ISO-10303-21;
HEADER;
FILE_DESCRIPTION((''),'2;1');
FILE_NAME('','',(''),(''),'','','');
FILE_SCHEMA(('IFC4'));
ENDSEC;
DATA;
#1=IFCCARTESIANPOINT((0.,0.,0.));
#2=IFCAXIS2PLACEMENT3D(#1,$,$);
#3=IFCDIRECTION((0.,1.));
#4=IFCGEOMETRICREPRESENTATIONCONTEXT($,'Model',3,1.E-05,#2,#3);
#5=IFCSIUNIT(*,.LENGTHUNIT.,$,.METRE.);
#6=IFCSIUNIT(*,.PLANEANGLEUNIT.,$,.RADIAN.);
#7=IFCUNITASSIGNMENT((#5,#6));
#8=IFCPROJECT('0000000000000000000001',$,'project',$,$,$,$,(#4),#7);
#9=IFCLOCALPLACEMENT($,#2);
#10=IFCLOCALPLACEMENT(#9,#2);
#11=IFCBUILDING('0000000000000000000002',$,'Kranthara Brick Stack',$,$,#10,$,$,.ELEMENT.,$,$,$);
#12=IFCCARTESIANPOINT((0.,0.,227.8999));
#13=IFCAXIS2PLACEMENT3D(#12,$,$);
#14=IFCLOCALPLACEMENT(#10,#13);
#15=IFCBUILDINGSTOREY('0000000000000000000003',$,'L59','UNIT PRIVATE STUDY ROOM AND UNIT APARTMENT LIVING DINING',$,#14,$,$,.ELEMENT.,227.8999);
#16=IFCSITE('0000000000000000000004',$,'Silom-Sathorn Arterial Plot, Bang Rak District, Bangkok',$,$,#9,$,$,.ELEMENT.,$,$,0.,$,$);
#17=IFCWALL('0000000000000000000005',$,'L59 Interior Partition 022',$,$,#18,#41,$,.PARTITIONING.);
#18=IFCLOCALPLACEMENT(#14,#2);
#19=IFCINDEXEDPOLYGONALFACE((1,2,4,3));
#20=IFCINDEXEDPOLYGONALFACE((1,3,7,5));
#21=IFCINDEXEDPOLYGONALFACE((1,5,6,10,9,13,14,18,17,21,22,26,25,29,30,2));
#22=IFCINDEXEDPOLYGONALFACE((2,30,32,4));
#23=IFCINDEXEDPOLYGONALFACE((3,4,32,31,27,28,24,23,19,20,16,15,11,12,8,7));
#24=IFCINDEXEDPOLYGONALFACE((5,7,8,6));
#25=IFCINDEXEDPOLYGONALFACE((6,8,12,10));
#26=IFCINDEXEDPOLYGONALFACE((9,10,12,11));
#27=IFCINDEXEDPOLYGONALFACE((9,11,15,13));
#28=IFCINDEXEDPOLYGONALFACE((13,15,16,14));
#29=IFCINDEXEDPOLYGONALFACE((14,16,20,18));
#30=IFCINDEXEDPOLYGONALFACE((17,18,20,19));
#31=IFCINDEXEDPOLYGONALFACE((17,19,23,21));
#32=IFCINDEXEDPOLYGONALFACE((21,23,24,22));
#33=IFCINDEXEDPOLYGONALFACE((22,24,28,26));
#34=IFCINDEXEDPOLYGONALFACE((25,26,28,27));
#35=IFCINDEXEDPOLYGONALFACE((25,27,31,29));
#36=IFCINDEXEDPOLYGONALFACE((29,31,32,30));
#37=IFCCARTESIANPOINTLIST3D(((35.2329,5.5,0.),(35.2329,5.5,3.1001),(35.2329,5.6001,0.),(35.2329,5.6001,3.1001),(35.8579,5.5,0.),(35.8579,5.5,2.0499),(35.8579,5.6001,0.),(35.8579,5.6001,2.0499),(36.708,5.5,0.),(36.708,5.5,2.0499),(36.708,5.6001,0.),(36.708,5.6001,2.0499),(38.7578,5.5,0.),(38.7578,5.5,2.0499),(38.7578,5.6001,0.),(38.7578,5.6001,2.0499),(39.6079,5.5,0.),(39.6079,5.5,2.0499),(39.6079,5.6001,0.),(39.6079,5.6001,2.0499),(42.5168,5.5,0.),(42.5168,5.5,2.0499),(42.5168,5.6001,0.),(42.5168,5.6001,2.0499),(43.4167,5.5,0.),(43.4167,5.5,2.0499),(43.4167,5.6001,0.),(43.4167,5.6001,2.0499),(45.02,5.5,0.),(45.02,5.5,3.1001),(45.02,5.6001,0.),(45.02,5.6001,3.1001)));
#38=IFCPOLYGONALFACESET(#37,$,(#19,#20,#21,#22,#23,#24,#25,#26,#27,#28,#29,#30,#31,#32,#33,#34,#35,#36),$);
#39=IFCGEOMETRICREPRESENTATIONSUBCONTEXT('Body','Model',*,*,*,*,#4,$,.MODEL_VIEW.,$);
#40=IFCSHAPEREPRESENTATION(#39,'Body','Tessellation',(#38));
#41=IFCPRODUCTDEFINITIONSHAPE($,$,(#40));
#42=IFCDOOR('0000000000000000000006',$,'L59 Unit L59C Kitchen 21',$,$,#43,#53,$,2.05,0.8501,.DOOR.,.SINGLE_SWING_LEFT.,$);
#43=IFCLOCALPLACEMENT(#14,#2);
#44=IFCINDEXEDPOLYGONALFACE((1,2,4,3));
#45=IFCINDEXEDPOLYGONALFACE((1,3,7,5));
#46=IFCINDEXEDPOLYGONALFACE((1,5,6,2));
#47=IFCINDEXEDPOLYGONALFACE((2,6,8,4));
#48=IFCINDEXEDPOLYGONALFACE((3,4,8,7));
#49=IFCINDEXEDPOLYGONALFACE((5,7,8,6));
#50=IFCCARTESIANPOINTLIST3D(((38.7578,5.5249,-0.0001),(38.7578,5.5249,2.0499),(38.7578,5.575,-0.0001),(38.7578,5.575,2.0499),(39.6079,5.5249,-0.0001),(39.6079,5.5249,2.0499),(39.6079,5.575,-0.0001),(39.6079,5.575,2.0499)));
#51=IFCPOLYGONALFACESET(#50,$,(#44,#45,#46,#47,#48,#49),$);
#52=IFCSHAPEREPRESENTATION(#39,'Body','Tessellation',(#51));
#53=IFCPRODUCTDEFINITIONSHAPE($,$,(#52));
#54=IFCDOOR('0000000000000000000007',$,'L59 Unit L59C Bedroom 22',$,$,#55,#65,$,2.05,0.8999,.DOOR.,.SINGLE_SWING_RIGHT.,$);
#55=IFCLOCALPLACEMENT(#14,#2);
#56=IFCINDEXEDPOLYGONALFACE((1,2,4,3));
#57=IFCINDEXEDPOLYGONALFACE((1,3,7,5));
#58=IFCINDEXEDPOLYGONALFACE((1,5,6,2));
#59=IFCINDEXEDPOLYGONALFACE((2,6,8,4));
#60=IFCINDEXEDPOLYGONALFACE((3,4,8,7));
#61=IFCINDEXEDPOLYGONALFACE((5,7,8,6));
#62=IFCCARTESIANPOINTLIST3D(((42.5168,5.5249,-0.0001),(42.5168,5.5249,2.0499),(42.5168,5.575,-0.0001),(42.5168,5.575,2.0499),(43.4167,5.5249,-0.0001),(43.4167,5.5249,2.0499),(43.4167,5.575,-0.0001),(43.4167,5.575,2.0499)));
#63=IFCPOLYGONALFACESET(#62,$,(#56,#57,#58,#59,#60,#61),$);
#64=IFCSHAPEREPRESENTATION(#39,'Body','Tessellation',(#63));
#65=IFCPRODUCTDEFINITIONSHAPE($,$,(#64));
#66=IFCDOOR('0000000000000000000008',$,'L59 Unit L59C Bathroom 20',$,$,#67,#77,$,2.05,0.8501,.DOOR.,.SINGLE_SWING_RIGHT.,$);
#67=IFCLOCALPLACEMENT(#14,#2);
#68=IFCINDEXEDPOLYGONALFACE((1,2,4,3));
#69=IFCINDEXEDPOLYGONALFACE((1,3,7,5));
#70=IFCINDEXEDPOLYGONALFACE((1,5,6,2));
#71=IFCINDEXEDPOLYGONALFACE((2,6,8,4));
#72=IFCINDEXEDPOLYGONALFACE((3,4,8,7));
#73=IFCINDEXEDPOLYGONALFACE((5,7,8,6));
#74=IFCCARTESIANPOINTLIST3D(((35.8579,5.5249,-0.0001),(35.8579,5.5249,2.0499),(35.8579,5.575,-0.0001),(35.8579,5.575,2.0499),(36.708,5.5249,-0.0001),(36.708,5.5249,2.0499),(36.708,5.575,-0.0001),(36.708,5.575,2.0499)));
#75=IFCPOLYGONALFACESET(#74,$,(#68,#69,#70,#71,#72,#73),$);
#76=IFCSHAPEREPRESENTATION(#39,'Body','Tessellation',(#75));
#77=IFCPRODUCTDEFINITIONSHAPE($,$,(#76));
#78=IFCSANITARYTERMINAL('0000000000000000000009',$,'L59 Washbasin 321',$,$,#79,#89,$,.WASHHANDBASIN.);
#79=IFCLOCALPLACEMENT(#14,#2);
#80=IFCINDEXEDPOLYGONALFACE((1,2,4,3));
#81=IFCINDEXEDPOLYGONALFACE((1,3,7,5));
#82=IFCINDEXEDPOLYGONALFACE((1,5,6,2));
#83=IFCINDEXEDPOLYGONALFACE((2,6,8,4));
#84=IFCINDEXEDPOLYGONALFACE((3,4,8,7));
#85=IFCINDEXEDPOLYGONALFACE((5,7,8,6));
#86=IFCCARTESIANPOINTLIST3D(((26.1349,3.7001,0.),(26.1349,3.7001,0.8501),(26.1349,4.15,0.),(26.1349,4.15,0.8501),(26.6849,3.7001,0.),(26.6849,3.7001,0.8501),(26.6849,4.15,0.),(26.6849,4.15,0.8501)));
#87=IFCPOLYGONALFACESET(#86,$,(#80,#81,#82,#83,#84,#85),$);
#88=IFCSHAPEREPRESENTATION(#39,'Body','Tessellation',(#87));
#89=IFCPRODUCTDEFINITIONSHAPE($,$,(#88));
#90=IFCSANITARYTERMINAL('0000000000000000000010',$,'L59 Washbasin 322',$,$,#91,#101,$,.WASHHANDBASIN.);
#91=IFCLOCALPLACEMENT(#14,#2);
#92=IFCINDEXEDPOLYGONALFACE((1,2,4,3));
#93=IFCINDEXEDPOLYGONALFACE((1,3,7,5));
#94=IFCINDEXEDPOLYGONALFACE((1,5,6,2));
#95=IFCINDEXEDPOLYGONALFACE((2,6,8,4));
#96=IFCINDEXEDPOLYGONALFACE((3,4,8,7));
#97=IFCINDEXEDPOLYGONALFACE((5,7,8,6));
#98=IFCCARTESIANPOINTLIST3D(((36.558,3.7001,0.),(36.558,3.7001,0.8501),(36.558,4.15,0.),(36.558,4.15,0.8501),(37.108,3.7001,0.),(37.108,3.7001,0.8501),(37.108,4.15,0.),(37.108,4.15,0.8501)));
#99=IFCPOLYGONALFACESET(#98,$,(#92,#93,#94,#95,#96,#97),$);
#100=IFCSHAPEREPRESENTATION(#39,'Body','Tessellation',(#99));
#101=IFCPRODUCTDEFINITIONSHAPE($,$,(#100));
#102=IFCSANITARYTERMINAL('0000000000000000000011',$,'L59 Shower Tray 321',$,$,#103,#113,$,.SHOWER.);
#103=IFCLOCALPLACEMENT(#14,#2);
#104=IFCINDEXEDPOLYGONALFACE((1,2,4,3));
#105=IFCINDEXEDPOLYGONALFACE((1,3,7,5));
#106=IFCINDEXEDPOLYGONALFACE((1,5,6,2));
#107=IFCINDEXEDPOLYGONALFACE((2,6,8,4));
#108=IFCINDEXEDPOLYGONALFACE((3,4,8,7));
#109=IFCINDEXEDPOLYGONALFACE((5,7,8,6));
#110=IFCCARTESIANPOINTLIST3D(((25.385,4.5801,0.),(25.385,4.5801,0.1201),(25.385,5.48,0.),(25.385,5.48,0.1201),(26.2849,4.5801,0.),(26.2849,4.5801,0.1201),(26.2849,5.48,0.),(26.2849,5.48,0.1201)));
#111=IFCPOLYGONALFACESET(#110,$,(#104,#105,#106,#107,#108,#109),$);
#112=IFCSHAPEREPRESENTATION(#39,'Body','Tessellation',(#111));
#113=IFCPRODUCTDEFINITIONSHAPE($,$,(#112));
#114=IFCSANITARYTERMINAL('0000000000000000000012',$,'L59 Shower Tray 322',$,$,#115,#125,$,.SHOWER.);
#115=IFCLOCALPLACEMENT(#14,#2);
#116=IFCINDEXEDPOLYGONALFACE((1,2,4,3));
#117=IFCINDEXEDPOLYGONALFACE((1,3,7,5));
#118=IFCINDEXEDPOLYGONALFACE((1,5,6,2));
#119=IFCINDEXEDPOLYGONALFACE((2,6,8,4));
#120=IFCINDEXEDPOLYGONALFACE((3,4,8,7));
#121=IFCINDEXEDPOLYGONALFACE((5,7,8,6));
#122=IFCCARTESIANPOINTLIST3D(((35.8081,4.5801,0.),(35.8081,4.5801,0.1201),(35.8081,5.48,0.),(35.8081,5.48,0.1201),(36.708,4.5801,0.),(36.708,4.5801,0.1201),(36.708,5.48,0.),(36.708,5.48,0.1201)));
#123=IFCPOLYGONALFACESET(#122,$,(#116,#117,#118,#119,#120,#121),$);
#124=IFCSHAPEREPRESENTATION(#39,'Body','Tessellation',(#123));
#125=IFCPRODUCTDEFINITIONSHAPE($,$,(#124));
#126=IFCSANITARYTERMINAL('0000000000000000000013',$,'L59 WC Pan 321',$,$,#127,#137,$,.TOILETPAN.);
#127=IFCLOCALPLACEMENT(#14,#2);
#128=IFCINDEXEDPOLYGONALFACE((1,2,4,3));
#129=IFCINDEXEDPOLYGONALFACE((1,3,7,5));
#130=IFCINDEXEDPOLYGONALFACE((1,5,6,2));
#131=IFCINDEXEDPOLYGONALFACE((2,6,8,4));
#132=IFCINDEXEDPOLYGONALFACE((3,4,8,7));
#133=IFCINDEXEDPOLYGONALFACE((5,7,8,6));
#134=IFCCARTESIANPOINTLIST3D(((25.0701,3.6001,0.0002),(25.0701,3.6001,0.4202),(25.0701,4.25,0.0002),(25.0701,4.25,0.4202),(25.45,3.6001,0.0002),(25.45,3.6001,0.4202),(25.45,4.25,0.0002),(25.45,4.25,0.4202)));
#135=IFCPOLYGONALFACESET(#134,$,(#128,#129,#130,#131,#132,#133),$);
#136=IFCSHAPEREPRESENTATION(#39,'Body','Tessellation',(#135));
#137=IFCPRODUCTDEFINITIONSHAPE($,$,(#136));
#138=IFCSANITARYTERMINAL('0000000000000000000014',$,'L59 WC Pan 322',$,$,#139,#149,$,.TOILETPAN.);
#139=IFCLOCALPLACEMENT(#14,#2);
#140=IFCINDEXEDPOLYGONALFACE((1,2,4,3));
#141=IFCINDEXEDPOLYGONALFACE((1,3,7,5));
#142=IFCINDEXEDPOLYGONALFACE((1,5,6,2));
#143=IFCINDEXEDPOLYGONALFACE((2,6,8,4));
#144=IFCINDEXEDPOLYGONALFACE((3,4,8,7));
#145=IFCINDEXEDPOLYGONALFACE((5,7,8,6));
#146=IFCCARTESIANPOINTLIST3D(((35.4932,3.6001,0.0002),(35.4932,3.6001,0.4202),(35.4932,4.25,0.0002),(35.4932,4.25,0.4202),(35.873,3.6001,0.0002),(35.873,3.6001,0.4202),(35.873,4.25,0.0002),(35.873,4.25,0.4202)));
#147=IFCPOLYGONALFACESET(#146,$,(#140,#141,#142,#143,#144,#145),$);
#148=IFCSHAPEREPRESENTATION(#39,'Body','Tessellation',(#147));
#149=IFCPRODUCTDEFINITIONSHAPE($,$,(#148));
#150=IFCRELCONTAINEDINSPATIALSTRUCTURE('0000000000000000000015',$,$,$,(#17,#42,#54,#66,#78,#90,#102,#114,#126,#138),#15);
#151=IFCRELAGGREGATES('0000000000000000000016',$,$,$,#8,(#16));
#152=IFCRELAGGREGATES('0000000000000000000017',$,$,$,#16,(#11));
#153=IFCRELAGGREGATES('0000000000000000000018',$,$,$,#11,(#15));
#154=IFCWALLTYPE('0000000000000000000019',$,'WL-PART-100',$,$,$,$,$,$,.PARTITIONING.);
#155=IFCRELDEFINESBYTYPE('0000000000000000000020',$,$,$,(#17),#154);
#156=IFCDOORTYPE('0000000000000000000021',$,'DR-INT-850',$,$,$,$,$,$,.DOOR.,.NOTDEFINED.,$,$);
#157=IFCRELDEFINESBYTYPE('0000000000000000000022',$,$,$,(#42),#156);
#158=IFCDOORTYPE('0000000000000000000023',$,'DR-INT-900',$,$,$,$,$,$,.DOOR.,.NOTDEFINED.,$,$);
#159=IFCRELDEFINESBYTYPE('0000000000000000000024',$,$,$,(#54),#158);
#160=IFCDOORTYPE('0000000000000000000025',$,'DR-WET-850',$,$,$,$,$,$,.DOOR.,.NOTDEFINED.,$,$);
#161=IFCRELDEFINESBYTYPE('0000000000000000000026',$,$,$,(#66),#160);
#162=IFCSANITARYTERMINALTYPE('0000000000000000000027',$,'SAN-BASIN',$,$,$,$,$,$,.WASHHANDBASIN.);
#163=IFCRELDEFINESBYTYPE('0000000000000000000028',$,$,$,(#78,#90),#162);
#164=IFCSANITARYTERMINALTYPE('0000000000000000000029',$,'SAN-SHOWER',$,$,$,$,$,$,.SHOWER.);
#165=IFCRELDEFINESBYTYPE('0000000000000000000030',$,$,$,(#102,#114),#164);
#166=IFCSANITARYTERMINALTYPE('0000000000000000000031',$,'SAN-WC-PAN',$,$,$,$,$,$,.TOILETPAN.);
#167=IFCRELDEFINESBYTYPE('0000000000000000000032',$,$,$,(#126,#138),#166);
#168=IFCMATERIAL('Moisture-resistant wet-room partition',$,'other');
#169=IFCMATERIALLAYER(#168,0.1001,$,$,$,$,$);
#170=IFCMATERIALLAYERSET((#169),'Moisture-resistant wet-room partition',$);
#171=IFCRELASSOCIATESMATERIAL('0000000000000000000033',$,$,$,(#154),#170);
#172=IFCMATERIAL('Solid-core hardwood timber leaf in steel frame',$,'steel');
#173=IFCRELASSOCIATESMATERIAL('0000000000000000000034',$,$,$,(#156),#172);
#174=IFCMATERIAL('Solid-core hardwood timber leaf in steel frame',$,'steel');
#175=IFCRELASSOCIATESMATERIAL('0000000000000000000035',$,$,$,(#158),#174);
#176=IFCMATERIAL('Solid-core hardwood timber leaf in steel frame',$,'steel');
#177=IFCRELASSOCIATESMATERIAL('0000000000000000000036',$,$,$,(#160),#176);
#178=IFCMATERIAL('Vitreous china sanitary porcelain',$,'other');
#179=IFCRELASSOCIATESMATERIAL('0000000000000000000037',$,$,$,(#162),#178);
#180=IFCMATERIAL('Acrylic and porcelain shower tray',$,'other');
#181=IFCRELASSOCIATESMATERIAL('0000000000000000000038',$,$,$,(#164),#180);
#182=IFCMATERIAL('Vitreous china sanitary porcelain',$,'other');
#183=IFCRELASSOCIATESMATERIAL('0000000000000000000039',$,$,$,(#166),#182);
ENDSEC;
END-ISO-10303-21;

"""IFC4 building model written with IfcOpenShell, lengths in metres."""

from ifc_helpers import new_model, si_unit, direction, frame, frame_2d, origin, origin_2d, place, context, subcontext, project, spatial, rectangle, extrude, material, layer, layer_set, type_object, element, fill, save


model = new_model("IFC4")

# Units and contexts
model_context = context("Model", 3, precision=1e-05, world=origin(), true_north=direction((0.0, 1.0)))
body_context = subcontext(model_context, "Body", "Model", "MODEL_VIEW")
ifc_project = project(units=[si_unit("LENGTHUNIT", "METRE"), si_unit("PLANEANGLEUNIT", "RADIAN")], contexts=[model_context])

# Site, building, storey
site_placement = place(None, origin())
site = spatial("IfcSite", under=ifc_project, at=site_placement, Name="Silom-Sathorn Arterial Plot, Bang Rak District, Bangkok", CompositionType="ELEMENT", RefElevation=0.0)
building_placement = place(site_placement, origin())
building = spatial("IfcBuilding", under=site, at=building_placement, Name="Kranthara Brick Stack", CompositionType="ELEMENT")
storey_placement = place(building_placement, frame((0.0, 0.0, 227.8999)))
storey = spatial("IfcBuildingStorey", under=building, at=storey_placement, Name="L59", Description="UNIT PRIVATE STUDY ROOM AND UNIT APARTMENT LIVING DINING", CompositionType="ELEMENT", Elevation=227.8999)

# Shared definitions
ifc_material_1 = material(Name="Moisture-resistant wet-room partition", Category="other")
ifc_layer_1 = layer(ifc_material_1, 0.1001)
ifc_layer_set_1 = layer_set([ifc_layer_1], Name="Moisture-resistant wet-room partition")
wall_type_1 = type_object("IfcWallType", Name="WL-PART-100", PredefinedType="PARTITIONING", material=ifc_layer_set_1)
ifc_material_2 = material(Name="Solid-core hardwood timber leaf in steel frame", Category="steel")
door_type_1 = type_object("IfcDoorType", Name="DR-INT-850", OperationType="NOTDEFINED", PredefinedType="DOOR", material=ifc_material_2)
ifc_material_3 = material(Name="Solid-core hardwood timber leaf in steel frame", Category="steel")
door_type_2 = type_object("IfcDoorType", Name="DR-INT-900", OperationType="NOTDEFINED", PredefinedType="DOOR", material=ifc_material_3)
ifc_material_4 = material(Name="Solid-core hardwood timber leaf in steel frame", Category="steel")
door_type_3 = type_object("IfcDoorType", Name="DR-WET-850", OperationType="NOTDEFINED", PredefinedType="DOOR", material=ifc_material_4)

# Wall, openings, doors
wall_1_placement = place(storey_placement, frame((35.2329, 5.55, 0.0), z_axis=(0.0, 0.0, 1.0), x_axis=(1.0, 0.0, 0.0)))
wall_1 = element("IfcWall", 1, at=wall_1_placement, inside=storey, type_object=wall_type_1, Name="L59 Interior Partition 022", PredefinedType="PARTITIONING", context=body_context, shape_type="SweptSolid", body=[
    extrude(rectangle(XDim=9.7871, YDim=0.1001, at=frame_2d((4.8936, 0.0))), origin(), (0.0, 0.0, 1.0), 3.1001),
])
opening_1_placement = place(wall_1_placement, frame((0.625, 0.0, 0.0)))
opening_1 = element("IfcOpeningElement", 2, at=opening_1_placement, cuts=wall_1, PredefinedType="OPENING", context=body_context, shape_type="SweptSolid", body=[
    extrude(rectangle(XDim=0.8501, YDim=2.05, at=frame_2d((0.425, 1.0249))), frame((0.0, 0.0601, 0.0), z_axis=(0.0, -1.0, 0.0), x_axis=(1.0, 0.0, 0.0)), (0.0, 0.0, 1.0), 0.1201),
])
opening_2_placement = place(wall_1_placement, frame((3.5249, 0.0, 0.0)))
opening_2 = element("IfcOpeningElement", 3, at=opening_2_placement, cuts=wall_1, PredefinedType="OPENING", context=body_context, shape_type="SweptSolid", body=[
    extrude(rectangle(XDim=0.8501, YDim=2.05, at=frame_2d((0.425, 1.0249))), frame((0.0, 0.0601, 0.0), z_axis=(0.0, -1.0, 0.0), x_axis=(1.0, 0.0, 0.0)), (0.0, 0.0, 1.0), 0.1201),
])
opening_3_placement = place(wall_1_placement, frame((7.2839, 0.0, 0.0)))
opening_3 = element("IfcOpeningElement", 4, at=opening_3_placement, cuts=wall_1, PredefinedType="OPENING", context=body_context, shape_type="SweptSolid", body=[
    extrude(rectangle(XDim=0.8999, YDim=2.05, at=frame_2d((0.45, 1.0249))), frame((0.0, 0.0601, 0.0), z_axis=(0.0, -1.0, 0.0), x_axis=(1.0, 0.0, 0.0)), (0.0, 0.0, 1.0), 0.1201),
])
door_1_placement = place(opening_2_placement, origin())
door_1 = element("IfcDoor", 5, at=door_1_placement, inside=storey, type_object=door_type_1, Name="L59 Unit L59C Kitchen 21", OperationType="SINGLE_SWING_LEFT", OverallHeight=2.05, OverallWidth=0.8501, PredefinedType="DOOR", context=body_context, shape_type="SweptSolid", body=[
    extrude(rectangle(XDim=0.8501, YDim=2.05, at=frame_2d((0.425, 1.0249))), frame((0.0, 0.0249, 0.0), z_axis=(0.0, -1.0, 0.0), x_axis=(1.0, 0.0, 0.0)), (0.0, 0.0, 1.0), 0.05),
])
fill(opening_2, door_1)
door_2_placement = place(opening_3_placement, origin())
door_2 = element("IfcDoor", 6, at=door_2_placement, inside=storey, type_object=door_type_2, Name="L59 Unit L59C Bedroom 22", OperationType="SINGLE_SWING_RIGHT", OverallHeight=2.05, OverallWidth=0.8999, PredefinedType="DOOR", context=body_context, shape_type="SweptSolid", body=[
    extrude(rectangle(XDim=0.8999, YDim=2.05, at=frame_2d((0.45, 1.0249))), frame((0.0, 0.0249, 0.0), z_axis=(0.0, -1.0, 0.0), x_axis=(1.0, 0.0, 0.0)), (0.0, 0.0, 1.0), 0.05),
])
fill(opening_3, door_2)
door_3_placement = place(opening_1_placement, origin())
door_3 = element("IfcDoor", 7, at=door_3_placement, inside=storey, type_object=door_type_3, Name="L59 Unit L59C Bathroom 20", OperationType="SINGLE_SWING_RIGHT", OverallHeight=2.05, OverallWidth=0.8501, PredefinedType="DOOR", context=body_context, shape_type="SweptSolid", body=[
    extrude(rectangle(XDim=0.8501, YDim=2.05, at=frame_2d((0.425, 1.0249))), frame((0.0, 0.0249, 0.0), z_axis=(0.0, -1.0, 0.0), x_axis=(1.0, 0.0, 0.0)), (0.0, 0.0, 1.0), 0.05),
])
fill(opening_1, door_3)

# Sanitary terminals
ifc_material_5 = material(Name="Vitreous china sanitary porcelain", Category="other")
sanitary_terminal_type_1 = type_object("IfcSanitaryTerminalType", Name="SAN-BASIN", PredefinedType="WASHHANDBASIN", material=ifc_material_5)
for number, where, z_axis, x_axis, name in (
    (8, (26.4099, 3.925, 0.0), (0.0, 0.0, 1.0), (1.0, 0.0, 0.0), "L59 Washbasin 321"),
    (9, (36.833, 3.925, 0.0), (0.0, 0.0, 1.0), (1.0, 0.0, 0.0), "L59 Washbasin 322"),
):
    element("IfcSanitaryTerminal", number, at=place(storey_placement, frame(where, z_axis=z_axis, x_axis=x_axis)), inside=storey, type_object=sanitary_terminal_type_1, Name=name, PredefinedType="WASHHANDBASIN", context=body_context, shape_type="SweptSolid", body=[
        extrude(rectangle(XDim=0.55, YDim=0.45, at=origin_2d()), origin(), (0.0, 0.0, 1.0), 0.8501),
    ])
ifc_material_6 = material(Name="Acrylic and porcelain shower tray", Category="other")
sanitary_terminal_type_2 = type_object("IfcSanitaryTerminalType", Name="SAN-SHOWER", PredefinedType="SHOWER", material=ifc_material_6)
for number, where, z_axis, x_axis, name in (
    (10, (25.835, 5.03, 0.0), (0.0, 0.0, 1.0), (1.0, 0.0, 0.0), "L59 Shower Tray 321"),
    (11, (36.2581, 5.03, 0.0), (0.0, 0.0, 1.0), (1.0, 0.0, 0.0), "L59 Shower Tray 322"),
):
    element("IfcSanitaryTerminal", number, at=place(storey_placement, frame(where, z_axis=z_axis, x_axis=x_axis)), inside=storey, type_object=sanitary_terminal_type_2, Name=name, PredefinedType="SHOWER", context=body_context, shape_type="SweptSolid", body=[
        extrude(rectangle(XDim=0.8999, YDim=0.8999, at=origin_2d()), origin(), (0.0, 0.0, 1.0), 0.1201),
    ])
ifc_material_7 = material(Name="Vitreous china sanitary porcelain", Category="other")
sanitary_terminal_type_3 = type_object("IfcSanitaryTerminalType", Name="SAN-WC-PAN", PredefinedType="TOILETPAN", material=ifc_material_7)
for number, where, z_axis, x_axis, name in (
    (12, (25.26, 3.925, 0.0002), (0.0, 0.0, 1.0), (1.0, 0.0, 0.0), "L59 WC Pan 321"),
    (13, (35.6831, 3.925, 0.0002), (0.0, 0.0, 1.0), (1.0, 0.0, 0.0), "L59 WC Pan 322"),
):
    element("IfcSanitaryTerminal", number, at=place(storey_placement, frame(where, z_axis=z_axis, x_axis=x_axis)), inside=storey, type_object=sanitary_terminal_type_3, Name=name, PredefinedType="TOILETPAN", context=body_context, shape_type="SweptSolid", body=[
        extrude(rectangle(XDim=0.3799, YDim=0.6499, at=origin_2d()), origin(), (0.0, 0.0, 1.0), 0.4199),
    ])

save(model, "model.ifc")
